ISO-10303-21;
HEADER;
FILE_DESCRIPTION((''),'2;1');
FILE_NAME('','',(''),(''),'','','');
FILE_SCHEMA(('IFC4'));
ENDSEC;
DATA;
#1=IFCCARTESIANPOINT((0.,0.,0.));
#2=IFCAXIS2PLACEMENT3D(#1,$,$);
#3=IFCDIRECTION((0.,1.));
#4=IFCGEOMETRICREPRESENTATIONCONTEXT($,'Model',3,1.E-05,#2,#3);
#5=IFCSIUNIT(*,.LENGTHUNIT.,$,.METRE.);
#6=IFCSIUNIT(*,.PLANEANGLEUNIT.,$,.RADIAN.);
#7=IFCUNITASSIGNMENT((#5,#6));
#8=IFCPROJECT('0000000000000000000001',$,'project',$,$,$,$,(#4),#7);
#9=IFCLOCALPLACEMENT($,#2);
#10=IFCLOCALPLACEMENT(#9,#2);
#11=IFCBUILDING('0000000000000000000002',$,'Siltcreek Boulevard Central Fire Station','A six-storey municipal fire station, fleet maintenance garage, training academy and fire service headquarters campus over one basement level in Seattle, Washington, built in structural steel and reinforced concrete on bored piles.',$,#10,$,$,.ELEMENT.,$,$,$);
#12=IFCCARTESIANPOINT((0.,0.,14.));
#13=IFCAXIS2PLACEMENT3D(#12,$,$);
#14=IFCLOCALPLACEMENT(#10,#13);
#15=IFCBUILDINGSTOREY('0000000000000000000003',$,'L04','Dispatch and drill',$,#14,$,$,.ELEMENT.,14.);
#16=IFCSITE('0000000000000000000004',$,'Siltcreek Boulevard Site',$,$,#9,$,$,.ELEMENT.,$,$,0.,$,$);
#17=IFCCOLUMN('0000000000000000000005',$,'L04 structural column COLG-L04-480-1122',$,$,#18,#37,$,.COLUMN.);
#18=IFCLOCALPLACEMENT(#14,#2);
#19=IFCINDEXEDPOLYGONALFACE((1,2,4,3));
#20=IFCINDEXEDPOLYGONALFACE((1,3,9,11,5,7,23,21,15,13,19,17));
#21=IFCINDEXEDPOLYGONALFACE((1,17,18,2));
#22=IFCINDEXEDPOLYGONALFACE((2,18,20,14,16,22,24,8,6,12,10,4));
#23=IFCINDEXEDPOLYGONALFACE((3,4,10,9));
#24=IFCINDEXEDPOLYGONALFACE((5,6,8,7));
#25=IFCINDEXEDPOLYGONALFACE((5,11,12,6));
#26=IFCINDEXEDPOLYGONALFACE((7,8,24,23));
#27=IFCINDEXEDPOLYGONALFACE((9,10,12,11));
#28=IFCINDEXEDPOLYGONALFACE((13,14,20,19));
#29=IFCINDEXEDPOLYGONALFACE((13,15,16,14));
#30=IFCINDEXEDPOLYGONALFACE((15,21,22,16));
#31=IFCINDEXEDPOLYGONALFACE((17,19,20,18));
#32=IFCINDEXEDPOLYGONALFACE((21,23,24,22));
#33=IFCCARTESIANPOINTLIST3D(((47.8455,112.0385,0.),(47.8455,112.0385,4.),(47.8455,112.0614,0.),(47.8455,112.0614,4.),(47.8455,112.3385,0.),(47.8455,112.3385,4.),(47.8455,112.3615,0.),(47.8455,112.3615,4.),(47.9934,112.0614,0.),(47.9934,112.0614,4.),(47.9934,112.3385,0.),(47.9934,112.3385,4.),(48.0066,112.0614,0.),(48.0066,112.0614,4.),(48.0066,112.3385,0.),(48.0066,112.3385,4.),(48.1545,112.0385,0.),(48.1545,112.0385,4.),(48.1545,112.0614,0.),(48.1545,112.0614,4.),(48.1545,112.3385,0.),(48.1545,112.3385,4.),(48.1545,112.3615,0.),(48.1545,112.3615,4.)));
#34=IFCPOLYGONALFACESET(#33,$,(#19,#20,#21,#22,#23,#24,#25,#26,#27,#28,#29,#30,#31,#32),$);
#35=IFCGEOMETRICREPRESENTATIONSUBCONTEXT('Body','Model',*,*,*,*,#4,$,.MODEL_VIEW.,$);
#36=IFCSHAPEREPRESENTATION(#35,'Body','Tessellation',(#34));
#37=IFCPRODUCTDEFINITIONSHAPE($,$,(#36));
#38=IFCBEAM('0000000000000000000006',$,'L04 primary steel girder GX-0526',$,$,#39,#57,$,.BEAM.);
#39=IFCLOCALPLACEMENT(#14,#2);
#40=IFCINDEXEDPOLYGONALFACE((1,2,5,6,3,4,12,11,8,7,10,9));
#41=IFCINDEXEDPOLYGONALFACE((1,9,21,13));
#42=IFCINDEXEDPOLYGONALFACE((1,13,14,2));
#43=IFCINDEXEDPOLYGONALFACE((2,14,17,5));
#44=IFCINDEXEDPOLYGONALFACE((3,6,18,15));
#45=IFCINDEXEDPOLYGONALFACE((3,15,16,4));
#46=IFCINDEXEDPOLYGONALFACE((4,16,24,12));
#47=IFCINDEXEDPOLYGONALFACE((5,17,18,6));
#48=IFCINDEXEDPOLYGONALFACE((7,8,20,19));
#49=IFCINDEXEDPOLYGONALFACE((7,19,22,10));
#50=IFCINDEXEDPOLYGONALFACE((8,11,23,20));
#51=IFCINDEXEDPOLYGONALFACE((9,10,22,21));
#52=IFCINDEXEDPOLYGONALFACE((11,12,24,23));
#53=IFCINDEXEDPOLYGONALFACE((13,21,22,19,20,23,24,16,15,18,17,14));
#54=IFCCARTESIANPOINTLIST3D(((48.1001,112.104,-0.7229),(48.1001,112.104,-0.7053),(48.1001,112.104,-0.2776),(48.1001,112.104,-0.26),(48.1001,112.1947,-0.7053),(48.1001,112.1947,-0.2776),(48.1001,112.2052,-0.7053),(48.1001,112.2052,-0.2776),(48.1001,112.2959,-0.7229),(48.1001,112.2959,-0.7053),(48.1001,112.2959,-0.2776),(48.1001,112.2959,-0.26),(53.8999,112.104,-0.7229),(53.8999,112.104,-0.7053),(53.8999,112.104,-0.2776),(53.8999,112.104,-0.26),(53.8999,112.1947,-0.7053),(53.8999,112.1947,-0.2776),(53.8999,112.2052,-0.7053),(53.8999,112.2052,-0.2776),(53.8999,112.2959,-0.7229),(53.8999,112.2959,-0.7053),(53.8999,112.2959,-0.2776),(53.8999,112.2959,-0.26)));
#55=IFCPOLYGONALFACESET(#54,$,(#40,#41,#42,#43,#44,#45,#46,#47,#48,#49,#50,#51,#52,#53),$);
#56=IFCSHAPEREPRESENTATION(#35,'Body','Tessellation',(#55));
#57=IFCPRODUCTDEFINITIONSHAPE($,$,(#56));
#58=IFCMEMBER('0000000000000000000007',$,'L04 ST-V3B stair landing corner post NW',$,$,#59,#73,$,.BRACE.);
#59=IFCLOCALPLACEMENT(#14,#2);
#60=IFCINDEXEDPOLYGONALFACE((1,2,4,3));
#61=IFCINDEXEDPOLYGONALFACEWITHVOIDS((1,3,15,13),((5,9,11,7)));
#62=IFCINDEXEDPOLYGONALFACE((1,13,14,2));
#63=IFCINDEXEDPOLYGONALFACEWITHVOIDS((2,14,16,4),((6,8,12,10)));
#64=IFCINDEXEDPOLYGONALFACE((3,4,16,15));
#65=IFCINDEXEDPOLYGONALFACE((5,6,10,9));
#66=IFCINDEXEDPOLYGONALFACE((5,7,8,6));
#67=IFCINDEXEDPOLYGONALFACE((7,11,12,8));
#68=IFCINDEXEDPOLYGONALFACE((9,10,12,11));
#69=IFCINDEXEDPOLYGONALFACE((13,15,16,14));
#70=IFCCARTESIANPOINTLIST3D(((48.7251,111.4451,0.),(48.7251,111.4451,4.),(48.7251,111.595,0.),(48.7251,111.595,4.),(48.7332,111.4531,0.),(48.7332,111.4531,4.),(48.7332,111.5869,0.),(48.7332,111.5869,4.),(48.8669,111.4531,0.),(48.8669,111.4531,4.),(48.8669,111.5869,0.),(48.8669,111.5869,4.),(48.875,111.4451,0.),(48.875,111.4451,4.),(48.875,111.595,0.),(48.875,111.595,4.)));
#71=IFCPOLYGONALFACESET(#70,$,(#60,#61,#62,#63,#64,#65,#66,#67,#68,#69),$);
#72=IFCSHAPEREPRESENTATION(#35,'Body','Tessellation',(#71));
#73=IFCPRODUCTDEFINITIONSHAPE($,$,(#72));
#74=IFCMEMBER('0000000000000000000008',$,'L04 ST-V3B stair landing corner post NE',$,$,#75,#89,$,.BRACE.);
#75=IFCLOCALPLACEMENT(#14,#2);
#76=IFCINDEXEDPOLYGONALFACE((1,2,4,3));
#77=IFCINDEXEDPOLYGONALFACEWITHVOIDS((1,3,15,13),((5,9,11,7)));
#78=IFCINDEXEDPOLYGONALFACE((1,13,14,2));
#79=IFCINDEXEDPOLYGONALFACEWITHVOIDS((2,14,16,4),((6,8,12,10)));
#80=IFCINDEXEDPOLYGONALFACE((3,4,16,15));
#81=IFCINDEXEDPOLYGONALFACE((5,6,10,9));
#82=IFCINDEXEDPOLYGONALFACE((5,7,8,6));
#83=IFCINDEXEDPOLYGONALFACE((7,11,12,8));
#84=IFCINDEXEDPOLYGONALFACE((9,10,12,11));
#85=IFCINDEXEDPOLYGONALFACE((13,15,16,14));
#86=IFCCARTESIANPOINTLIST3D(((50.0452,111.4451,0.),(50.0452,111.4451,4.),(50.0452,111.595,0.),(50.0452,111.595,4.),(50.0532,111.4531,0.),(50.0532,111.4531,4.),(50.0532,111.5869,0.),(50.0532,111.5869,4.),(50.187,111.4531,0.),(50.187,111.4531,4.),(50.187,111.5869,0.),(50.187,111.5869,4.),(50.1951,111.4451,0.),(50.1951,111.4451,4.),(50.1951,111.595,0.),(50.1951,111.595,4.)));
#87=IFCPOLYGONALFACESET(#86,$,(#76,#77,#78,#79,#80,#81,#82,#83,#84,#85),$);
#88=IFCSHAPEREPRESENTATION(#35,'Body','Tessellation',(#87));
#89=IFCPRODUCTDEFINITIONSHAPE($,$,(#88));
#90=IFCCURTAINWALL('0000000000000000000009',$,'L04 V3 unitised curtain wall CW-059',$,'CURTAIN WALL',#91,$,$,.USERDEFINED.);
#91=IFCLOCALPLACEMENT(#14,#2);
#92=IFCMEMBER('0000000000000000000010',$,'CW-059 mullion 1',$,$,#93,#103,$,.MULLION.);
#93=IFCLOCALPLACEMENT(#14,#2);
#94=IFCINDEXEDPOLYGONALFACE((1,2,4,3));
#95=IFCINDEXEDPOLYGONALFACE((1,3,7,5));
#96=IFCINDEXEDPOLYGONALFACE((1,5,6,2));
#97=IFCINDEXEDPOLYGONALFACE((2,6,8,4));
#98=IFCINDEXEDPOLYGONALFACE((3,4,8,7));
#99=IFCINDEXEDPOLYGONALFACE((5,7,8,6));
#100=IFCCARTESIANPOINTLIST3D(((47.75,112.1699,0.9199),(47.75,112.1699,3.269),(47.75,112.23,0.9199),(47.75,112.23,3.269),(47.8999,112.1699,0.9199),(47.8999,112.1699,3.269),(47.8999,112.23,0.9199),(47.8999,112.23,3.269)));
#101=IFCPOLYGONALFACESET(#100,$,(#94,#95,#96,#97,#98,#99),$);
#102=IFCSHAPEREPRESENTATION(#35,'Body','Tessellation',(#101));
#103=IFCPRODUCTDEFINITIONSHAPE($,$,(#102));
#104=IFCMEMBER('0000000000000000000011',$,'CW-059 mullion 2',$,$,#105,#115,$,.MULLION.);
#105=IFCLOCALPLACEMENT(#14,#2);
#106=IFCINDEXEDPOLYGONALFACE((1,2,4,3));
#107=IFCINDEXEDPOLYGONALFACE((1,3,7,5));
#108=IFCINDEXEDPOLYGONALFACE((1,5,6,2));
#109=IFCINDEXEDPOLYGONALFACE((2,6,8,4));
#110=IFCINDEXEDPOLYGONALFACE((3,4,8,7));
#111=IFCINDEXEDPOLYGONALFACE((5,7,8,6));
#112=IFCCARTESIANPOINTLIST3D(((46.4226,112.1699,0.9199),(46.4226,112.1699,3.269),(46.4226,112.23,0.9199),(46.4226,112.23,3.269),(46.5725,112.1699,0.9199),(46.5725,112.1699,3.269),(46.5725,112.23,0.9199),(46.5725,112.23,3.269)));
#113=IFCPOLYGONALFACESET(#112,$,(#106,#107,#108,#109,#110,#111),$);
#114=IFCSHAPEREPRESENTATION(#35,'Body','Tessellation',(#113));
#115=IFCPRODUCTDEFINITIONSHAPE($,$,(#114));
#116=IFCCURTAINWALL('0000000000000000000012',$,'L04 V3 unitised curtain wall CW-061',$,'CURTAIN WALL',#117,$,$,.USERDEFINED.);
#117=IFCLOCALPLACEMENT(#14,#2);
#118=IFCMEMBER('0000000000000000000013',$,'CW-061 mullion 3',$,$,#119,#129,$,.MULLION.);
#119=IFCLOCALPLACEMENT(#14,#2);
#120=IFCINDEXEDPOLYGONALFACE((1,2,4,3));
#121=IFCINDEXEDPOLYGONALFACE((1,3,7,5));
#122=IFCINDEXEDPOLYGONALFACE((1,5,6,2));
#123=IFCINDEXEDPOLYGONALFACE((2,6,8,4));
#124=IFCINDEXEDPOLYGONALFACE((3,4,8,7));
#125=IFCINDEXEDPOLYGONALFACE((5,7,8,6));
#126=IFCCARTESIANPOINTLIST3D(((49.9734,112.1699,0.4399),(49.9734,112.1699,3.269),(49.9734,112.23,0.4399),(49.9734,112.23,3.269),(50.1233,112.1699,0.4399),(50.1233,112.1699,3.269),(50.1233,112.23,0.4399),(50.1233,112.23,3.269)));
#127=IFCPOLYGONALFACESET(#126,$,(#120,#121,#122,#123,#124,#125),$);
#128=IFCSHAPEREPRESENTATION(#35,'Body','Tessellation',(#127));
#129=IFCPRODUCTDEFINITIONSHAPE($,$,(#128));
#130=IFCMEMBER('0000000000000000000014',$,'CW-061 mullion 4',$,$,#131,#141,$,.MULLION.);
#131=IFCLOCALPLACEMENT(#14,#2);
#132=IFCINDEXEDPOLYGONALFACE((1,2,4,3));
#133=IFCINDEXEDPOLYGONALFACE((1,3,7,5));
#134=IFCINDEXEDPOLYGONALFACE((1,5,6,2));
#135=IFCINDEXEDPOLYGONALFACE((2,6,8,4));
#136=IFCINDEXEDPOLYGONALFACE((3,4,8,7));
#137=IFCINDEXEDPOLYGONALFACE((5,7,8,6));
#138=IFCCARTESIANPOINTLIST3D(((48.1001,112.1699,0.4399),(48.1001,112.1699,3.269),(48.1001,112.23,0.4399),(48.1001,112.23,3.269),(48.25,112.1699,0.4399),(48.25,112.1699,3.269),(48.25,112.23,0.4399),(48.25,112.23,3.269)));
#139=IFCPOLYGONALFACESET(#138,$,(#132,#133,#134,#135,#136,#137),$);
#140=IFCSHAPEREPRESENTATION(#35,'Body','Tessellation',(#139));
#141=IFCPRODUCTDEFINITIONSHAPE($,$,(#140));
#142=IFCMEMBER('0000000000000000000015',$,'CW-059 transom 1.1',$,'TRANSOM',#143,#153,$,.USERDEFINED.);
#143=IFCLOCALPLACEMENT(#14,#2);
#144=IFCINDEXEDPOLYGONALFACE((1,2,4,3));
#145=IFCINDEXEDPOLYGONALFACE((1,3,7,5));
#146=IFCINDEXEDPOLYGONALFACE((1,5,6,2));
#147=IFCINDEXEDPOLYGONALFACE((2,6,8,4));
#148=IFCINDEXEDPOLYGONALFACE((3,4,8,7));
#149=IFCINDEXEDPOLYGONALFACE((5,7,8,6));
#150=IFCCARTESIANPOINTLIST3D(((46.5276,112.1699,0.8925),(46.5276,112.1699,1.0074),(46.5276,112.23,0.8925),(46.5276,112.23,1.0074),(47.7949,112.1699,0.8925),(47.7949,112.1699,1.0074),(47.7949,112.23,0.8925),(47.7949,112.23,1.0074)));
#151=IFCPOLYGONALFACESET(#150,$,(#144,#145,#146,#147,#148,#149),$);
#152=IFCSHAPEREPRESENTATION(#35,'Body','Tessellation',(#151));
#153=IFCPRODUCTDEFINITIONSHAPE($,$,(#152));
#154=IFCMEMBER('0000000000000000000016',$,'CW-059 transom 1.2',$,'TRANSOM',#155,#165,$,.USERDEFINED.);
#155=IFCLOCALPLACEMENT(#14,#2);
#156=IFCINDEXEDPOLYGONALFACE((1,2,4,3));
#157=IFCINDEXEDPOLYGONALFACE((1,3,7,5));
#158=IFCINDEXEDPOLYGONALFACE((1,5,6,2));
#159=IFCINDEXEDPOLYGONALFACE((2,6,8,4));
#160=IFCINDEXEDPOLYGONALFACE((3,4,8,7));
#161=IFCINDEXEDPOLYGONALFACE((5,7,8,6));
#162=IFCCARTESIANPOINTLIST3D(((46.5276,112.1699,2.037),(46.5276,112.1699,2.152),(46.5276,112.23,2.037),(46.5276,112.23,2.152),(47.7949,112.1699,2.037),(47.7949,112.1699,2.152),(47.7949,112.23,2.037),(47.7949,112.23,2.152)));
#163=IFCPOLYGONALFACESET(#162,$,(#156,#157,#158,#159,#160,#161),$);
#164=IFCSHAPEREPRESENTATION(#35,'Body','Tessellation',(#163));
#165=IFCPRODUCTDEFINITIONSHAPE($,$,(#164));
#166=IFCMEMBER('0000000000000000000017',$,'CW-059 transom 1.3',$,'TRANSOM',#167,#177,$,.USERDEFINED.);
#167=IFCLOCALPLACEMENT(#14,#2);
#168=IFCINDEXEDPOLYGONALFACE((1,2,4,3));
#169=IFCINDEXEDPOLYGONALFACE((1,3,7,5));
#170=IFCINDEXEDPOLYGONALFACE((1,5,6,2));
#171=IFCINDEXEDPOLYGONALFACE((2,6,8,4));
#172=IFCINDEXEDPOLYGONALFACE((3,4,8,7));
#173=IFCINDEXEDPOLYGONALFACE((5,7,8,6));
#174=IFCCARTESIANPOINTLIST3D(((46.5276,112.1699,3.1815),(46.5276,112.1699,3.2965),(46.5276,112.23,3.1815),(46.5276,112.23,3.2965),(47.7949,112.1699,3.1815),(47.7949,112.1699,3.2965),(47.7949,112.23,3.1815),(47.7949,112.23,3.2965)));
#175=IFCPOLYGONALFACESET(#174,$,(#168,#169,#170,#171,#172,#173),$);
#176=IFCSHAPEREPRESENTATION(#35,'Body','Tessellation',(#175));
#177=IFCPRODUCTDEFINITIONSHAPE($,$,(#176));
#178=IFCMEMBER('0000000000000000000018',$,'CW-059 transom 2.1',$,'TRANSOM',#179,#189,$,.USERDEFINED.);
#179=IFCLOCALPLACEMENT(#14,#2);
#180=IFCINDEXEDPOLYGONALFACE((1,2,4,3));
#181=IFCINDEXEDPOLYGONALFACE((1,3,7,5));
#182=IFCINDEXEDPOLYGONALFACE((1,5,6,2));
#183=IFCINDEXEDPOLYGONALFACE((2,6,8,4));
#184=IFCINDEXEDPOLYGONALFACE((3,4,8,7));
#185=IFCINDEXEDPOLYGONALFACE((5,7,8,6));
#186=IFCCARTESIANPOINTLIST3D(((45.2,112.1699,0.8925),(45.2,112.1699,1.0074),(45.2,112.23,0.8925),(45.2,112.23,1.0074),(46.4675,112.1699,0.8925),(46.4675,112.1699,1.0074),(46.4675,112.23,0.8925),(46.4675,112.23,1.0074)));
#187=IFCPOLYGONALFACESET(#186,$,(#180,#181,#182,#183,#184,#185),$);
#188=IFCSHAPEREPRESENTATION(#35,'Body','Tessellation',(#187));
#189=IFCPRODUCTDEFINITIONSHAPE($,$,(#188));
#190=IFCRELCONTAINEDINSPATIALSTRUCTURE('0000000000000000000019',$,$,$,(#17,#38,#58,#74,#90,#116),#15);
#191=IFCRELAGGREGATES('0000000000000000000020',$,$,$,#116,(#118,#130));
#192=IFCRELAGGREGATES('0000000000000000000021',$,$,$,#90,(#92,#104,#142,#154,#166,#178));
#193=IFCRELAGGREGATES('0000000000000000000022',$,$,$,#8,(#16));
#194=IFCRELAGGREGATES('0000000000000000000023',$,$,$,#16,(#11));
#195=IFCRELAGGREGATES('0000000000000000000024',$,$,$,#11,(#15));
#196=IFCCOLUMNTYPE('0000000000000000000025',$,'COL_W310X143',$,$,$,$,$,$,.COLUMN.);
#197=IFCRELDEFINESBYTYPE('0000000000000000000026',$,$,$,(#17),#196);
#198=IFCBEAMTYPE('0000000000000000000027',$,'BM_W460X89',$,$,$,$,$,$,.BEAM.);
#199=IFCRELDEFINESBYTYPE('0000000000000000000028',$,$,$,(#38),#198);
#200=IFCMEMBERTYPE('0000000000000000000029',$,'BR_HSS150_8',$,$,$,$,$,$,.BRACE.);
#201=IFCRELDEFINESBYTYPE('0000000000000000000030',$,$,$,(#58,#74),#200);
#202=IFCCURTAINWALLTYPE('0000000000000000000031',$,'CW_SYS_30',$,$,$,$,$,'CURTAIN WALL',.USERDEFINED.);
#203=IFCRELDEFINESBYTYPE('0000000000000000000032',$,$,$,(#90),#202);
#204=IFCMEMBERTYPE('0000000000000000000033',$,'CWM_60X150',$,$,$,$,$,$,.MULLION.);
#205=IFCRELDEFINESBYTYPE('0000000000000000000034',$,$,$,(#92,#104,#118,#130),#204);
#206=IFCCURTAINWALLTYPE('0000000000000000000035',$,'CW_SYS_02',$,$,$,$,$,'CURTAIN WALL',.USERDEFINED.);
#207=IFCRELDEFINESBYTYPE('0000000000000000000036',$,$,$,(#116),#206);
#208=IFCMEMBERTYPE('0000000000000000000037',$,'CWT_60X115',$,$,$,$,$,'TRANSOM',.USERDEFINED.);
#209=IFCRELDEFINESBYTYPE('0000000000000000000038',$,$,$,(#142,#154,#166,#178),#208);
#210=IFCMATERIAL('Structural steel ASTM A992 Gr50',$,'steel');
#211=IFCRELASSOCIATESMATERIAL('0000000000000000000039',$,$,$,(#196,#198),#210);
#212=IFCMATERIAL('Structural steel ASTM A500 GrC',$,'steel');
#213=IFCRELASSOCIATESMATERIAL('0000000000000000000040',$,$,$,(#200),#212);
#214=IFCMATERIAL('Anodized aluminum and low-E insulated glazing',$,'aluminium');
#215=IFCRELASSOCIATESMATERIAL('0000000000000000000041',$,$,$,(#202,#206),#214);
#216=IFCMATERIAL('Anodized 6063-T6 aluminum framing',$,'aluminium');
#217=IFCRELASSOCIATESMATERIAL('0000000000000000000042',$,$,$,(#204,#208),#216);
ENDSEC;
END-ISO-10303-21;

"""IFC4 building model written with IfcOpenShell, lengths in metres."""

from ifc_helpers import new_model, si_unit, direction, frame, origin, origin_2d, place, context, subcontext, project, spatial, rectangle, hollow_rectangle, i_section, extrude, material, material_profile, profile_set, type_object, element, aggregate, save


model = new_model("IFC4")

# Units and contexts
model_context = context("Model", 3, precision=1e-05, world=origin(), true_north=direction((0.0, 1.0)))
body_context = subcontext(model_context, "Body", "Model", "MODEL_VIEW")
ifc_project = project(units=[si_unit("LENGTHUNIT", "METRE"), si_unit("PLANEANGLEUNIT", "RADIAN")], contexts=[model_context])

# Site, building, storey
site_placement = place(None, origin())
site = spatial("IfcSite", under=ifc_project, at=site_placement, Name="Siltcreek Boulevard Site", CompositionType="ELEMENT", RefElevation=0.0)
building_placement = place(site_placement, origin())
building = spatial("IfcBuilding", under=site, at=building_placement, Name="Siltcreek Boulevard Central Fire Station", Description="A six-storey municipal fire station, fleet maintenance garage, training academy and fire service headquarters campus over one basement level in Seattle, Washington, built in structural steel and reinforced concrete on bored piles.", CompositionType="ELEMENT")
storey_placement = place(building_placement, frame((0.0, 0.0, 14.0)))
storey = spatial("IfcBuildingStorey", under=building, at=storey_placement, Name="L04", Description="Dispatch and drill", CompositionType="ELEMENT", Elevation=14.0)

# Column
ifc_material_1 = material(Name="Structural steel ASTM A992 Gr50", Category="steel")
ifc_material_profile_1 = material_profile(ifc_material_1, i_section(OverallWidth=0.3091, OverallDepth=0.323, WebThickness=0.0132, FlangeThickness=0.0229, at=origin_2d()), Name="W310X143")
ifc_profile_set_1 = profile_set([ifc_material_profile_1], Name="Structural steel ASTM A992 Gr50")
column_type = type_object("IfcColumnType", Name="COL_W310X143", PredefinedType="COLUMN", material=ifc_profile_set_1)
column_placement = place(storey_placement, frame((48.0, 112.2, 0.0), z_axis=(0.0, 0.0, 1.0), x_axis=(1.0, 0.0, 0.0)))
element("IfcColumn", 1, at=column_placement, inside=storey, type_object=column_type, Name="L04 structural column COLG-L04-480-1122", PredefinedType="COLUMN", context=body_context, shape_type="SweptSolid", body=[
    extrude(i_section(OverallWidth=0.3091, OverallDepth=0.323, WebThickness=0.0132, FlangeThickness=0.0229, at=origin_2d()), origin(), (0.0, 0.0, 1.0), 4.0),
])

# Beam
ifc_material_profile_2 = material_profile(ifc_material_1, i_section(OverallWidth=0.1919, OverallDepth=0.4629, WebThickness=0.0105, FlangeThickness=0.0176, at=origin_2d()), Name="W460X89")
ifc_profile_set_2 = profile_set([ifc_material_profile_2], Name="Structural steel ASTM A992 Gr50")
beam_type = type_object("IfcBeamType", Name="BM_W460X89", PredefinedType="BEAM", material=ifc_profile_set_2)
beam_placement = place(storey_placement, frame((48.1001, 112.2, -0.4915), z_axis=(1.0, 0.0, 0.0), x_axis=(0.0, 1.0, 0.0)))
element("IfcBeam", 2, at=beam_placement, inside=storey, type_object=beam_type, Name="L04 primary steel girder GX-0526", PredefinedType="BEAM", context=body_context, shape_type="SweptSolid", body=[
    extrude(i_section(OverallWidth=0.1919, OverallDepth=0.4629, WebThickness=0.0105, FlangeThickness=0.0176, at=origin_2d()), origin(), (0.0, 0.0, 1.0), 5.7998),
])

# Members
ifc_material_2 = material(Name="Structural steel ASTM A500 GrC", Category="steel")
ifc_material_profile_3 = material_profile(ifc_material_2, hollow_rectangle(XDim=0.1499, YDim=0.1499, WallThickness=0.0081, at=origin_2d()), Name="HSS150X150X8.0")
ifc_profile_set_3 = profile_set([ifc_material_profile_3], Name="Structural steel ASTM A500 GrC")
member_type_1 = type_object("IfcMemberType", Name="BR_HSS150_8", PredefinedType="BRACE", material=ifc_profile_set_3)
for number, where, z_axis, x_axis, name in (
    (3, (48.8, 111.52, 0.0), (0.0, 0.0, 1.0), (1.0, 0.0, 0.0), "L04 ST-V3B stair landing corner post NW"),
    (4, (50.1201, 111.52, 0.0), (0.0, 0.0, 1.0), (1.0, 0.0, 0.0), "L04 ST-V3B stair landing corner post NE"),
):
    element("IfcMember", number, at=place(storey_placement, frame(where, z_axis=z_axis, x_axis=x_axis)), inside=storey, type_object=member_type_1, Name=name, PredefinedType="BRACE", context=body_context, shape_type="SweptSolid", body=[
        extrude(hollow_rectangle(XDim=0.1499, YDim=0.1499, WallThickness=0.0081, at=origin_2d()), origin(), (0.0, 0.0, 1.0), 4.0),
    ])

# Curtain walls, members
ifc_material_3 = material(Name="Anodized aluminum and low-E insulated glazing", Category="aluminium")
curtain_wall_type_1 = type_object("IfcCurtainWallType", Name="CW_SYS_30", ElementType="CURTAIN WALL", PredefinedType="USERDEFINED", material=ifc_material_3)
curtain_wall_1_placement = place(storey_placement, origin())
curtain_wall_1 = element("IfcCurtainWall", 5, at=curtain_wall_1_placement, inside=storey, type_object=curtain_wall_type_1, Name="L04 V3 unitised curtain wall CW-059", ObjectType="CURTAIN WALL", PredefinedType="USERDEFINED")
ifc_material_4 = material(Name="Anodized 6063-T6 aluminum framing", Category="aluminium")
ifc_material_profile_4 = material_profile(ifc_material_4, rectangle(XDim=0.0601, YDim=0.1499, at=origin_2d()), Name="MULL60X150")
ifc_profile_set_4 = profile_set([ifc_material_profile_4], Name="Anodized 6063-T6 aluminum framing")
member_type_2 = type_object("IfcMemberType", Name="CWM_60X150", PredefinedType="MULLION", material=ifc_profile_set_4)
member_1_placement = place(storey_placement, frame((47.825, 112.2, 0.9199), z_axis=(0.0, 0.0, 1.0), x_axis=(0.0, -1.0, 0.0)))
member_1 = element("IfcMember", 6, at=member_1_placement, type_object=member_type_2, Name="CW-059 mullion 1", PredefinedType="MULLION", context=body_context, shape_type="SweptSolid", body=[
    extrude(rectangle(XDim=0.0601, YDim=0.1499, at=origin_2d()), origin(), (0.0, 0.0, 1.0), 2.3491),
])
member_2_placement = place(storey_placement, frame((46.4976, 112.2, 0.9199), z_axis=(0.0, 0.0, 1.0), x_axis=(0.0, -1.0, 0.0)))
member_2 = element("IfcMember", 7, at=member_2_placement, type_object=member_type_2, Name="CW-059 mullion 2", PredefinedType="MULLION", context=body_context, shape_type="SweptSolid", body=[
    extrude(rectangle(XDim=0.0601, YDim=0.1499, at=origin_2d()), origin(), (0.0, 0.0, 1.0), 2.3491),
])
curtain_wall_type_2 = type_object("IfcCurtainWallType", Name="CW_SYS_02", ElementType="CURTAIN WALL", PredefinedType="USERDEFINED", material=ifc_material_3)
curtain_wall_2_placement = place(storey_placement, origin())
curtain_wall_2 = element("IfcCurtainWall", 8, at=curtain_wall_2_placement, inside=storey, type_object=curtain_wall_type_2, Name="L04 V3 unitised curtain wall CW-061", ObjectType="CURTAIN WALL", PredefinedType="USERDEFINED")
member_3_placement = place(storey_placement, frame((50.0483, 112.2, 0.4399), z_axis=(0.0, 0.0, 1.0), x_axis=(0.0, -1.0, 0.0)))
member_3 = element("IfcMember", 9, at=member_3_placement, type_object=member_type_2, Name="CW-061 mullion 3", PredefinedType="MULLION", context=body_context, shape_type="SweptSolid", body=[
    extrude(rectangle(XDim=0.0601, YDim=0.1499, at=origin_2d()), origin(), (0.0, 0.0, 1.0), 2.8291),
])
member_4_placement = place(storey_placement, frame((48.175, 112.2, 0.4399), z_axis=(0.0, 0.0, 1.0), x_axis=(0.0, -1.0, 0.0)))
member_4 = element("IfcMember", 10, at=member_4_placement, type_object=member_type_2, Name="CW-061 mullion 4", PredefinedType="MULLION", context=body_context, shape_type="SweptSolid", body=[
    extrude(rectangle(XDim=0.0601, YDim=0.1499, at=origin_2d()), origin(), (0.0, 0.0, 1.0), 2.8291),
])

# Members
ifc_material_profile_5 = material_profile(ifc_material_4, rectangle(XDim=0.0601, YDim=0.115, at=origin_2d()), Name="TRAN60X115")
ifc_profile_set_5 = profile_set([ifc_material_profile_5], Name="Anodized 6063-T6 aluminum framing")
member_type_3 = type_object("IfcMemberType", Name="CWT_60X115", ElementType="TRANSOM", PredefinedType="USERDEFINED", material=ifc_profile_set_5)
member_5_placement = place(storey_placement, frame((47.7949, 112.2, 0.95), z_axis=(-1.0, 0.0, 0.0), x_axis=(0.0, -1.0, 0.0)))
member_5 = element("IfcMember", 11, at=member_5_placement, type_object=member_type_3, Name="CW-059 transom 1.1", ObjectType="TRANSOM", PredefinedType="USERDEFINED", context=body_context, shape_type="SweptSolid", body=[
    extrude(rectangle(XDim=0.0601, YDim=0.115, at=origin_2d()), origin(), (0.0, 0.0, 1.0), 1.2673),
])
member_6_placement = place(storey_placement, frame((47.7949, 112.2, 2.0945), z_axis=(-1.0, 0.0, 0.0), x_axis=(0.0, -1.0, 0.0)))
member_6 = element("IfcMember", 12, at=member_6_placement, type_object=member_type_3, Name="CW-059 transom 1.2", ObjectType="TRANSOM", PredefinedType="USERDEFINED", context=body_context, shape_type="SweptSolid", body=[
    extrude(rectangle(XDim=0.0601, YDim=0.115, at=origin_2d()), origin(), (0.0, 0.0, 1.0), 1.2673),
])
member_7_placement = place(storey_placement, frame((47.7949, 112.2, 3.239), z_axis=(-1.0, 0.0, 0.0), x_axis=(0.0, -1.0, 0.0)))
member_7 = element("IfcMember", 13, at=member_7_placement, type_object=member_type_3, Name="CW-059 transom 1.3", ObjectType="TRANSOM", PredefinedType="USERDEFINED", context=body_context, shape_type="SweptSolid", body=[
    extrude(rectangle(XDim=0.0601, YDim=0.115, at=origin_2d()), origin(), (0.0, 0.0, 1.0), 1.2673),
])
member_8_placement = place(storey_placement, frame((46.4675, 112.2, 0.95), z_axis=(-1.0, 0.0, 0.0), x_axis=(0.0, -1.0, 0.0)))
member_8 = element("IfcMember", 14, at=member_8_placement, type_object=member_type_3, Name="CW-059 transom 2.1", ObjectType="TRANSOM", PredefinedType="USERDEFINED", context=body_context, shape_type="SweptSolid", body=[
    extrude(rectangle(XDim=0.0601, YDim=0.115, at=origin_2d()), origin(), (0.0, 0.0, 1.0), 1.2676),
])

aggregate(curtain_wall_2, [member_3, member_4])
aggregate(curtain_wall_1, [member_1, member_2, member_5, member_6, member_7, member_8])

save(model, "model.ifc")
